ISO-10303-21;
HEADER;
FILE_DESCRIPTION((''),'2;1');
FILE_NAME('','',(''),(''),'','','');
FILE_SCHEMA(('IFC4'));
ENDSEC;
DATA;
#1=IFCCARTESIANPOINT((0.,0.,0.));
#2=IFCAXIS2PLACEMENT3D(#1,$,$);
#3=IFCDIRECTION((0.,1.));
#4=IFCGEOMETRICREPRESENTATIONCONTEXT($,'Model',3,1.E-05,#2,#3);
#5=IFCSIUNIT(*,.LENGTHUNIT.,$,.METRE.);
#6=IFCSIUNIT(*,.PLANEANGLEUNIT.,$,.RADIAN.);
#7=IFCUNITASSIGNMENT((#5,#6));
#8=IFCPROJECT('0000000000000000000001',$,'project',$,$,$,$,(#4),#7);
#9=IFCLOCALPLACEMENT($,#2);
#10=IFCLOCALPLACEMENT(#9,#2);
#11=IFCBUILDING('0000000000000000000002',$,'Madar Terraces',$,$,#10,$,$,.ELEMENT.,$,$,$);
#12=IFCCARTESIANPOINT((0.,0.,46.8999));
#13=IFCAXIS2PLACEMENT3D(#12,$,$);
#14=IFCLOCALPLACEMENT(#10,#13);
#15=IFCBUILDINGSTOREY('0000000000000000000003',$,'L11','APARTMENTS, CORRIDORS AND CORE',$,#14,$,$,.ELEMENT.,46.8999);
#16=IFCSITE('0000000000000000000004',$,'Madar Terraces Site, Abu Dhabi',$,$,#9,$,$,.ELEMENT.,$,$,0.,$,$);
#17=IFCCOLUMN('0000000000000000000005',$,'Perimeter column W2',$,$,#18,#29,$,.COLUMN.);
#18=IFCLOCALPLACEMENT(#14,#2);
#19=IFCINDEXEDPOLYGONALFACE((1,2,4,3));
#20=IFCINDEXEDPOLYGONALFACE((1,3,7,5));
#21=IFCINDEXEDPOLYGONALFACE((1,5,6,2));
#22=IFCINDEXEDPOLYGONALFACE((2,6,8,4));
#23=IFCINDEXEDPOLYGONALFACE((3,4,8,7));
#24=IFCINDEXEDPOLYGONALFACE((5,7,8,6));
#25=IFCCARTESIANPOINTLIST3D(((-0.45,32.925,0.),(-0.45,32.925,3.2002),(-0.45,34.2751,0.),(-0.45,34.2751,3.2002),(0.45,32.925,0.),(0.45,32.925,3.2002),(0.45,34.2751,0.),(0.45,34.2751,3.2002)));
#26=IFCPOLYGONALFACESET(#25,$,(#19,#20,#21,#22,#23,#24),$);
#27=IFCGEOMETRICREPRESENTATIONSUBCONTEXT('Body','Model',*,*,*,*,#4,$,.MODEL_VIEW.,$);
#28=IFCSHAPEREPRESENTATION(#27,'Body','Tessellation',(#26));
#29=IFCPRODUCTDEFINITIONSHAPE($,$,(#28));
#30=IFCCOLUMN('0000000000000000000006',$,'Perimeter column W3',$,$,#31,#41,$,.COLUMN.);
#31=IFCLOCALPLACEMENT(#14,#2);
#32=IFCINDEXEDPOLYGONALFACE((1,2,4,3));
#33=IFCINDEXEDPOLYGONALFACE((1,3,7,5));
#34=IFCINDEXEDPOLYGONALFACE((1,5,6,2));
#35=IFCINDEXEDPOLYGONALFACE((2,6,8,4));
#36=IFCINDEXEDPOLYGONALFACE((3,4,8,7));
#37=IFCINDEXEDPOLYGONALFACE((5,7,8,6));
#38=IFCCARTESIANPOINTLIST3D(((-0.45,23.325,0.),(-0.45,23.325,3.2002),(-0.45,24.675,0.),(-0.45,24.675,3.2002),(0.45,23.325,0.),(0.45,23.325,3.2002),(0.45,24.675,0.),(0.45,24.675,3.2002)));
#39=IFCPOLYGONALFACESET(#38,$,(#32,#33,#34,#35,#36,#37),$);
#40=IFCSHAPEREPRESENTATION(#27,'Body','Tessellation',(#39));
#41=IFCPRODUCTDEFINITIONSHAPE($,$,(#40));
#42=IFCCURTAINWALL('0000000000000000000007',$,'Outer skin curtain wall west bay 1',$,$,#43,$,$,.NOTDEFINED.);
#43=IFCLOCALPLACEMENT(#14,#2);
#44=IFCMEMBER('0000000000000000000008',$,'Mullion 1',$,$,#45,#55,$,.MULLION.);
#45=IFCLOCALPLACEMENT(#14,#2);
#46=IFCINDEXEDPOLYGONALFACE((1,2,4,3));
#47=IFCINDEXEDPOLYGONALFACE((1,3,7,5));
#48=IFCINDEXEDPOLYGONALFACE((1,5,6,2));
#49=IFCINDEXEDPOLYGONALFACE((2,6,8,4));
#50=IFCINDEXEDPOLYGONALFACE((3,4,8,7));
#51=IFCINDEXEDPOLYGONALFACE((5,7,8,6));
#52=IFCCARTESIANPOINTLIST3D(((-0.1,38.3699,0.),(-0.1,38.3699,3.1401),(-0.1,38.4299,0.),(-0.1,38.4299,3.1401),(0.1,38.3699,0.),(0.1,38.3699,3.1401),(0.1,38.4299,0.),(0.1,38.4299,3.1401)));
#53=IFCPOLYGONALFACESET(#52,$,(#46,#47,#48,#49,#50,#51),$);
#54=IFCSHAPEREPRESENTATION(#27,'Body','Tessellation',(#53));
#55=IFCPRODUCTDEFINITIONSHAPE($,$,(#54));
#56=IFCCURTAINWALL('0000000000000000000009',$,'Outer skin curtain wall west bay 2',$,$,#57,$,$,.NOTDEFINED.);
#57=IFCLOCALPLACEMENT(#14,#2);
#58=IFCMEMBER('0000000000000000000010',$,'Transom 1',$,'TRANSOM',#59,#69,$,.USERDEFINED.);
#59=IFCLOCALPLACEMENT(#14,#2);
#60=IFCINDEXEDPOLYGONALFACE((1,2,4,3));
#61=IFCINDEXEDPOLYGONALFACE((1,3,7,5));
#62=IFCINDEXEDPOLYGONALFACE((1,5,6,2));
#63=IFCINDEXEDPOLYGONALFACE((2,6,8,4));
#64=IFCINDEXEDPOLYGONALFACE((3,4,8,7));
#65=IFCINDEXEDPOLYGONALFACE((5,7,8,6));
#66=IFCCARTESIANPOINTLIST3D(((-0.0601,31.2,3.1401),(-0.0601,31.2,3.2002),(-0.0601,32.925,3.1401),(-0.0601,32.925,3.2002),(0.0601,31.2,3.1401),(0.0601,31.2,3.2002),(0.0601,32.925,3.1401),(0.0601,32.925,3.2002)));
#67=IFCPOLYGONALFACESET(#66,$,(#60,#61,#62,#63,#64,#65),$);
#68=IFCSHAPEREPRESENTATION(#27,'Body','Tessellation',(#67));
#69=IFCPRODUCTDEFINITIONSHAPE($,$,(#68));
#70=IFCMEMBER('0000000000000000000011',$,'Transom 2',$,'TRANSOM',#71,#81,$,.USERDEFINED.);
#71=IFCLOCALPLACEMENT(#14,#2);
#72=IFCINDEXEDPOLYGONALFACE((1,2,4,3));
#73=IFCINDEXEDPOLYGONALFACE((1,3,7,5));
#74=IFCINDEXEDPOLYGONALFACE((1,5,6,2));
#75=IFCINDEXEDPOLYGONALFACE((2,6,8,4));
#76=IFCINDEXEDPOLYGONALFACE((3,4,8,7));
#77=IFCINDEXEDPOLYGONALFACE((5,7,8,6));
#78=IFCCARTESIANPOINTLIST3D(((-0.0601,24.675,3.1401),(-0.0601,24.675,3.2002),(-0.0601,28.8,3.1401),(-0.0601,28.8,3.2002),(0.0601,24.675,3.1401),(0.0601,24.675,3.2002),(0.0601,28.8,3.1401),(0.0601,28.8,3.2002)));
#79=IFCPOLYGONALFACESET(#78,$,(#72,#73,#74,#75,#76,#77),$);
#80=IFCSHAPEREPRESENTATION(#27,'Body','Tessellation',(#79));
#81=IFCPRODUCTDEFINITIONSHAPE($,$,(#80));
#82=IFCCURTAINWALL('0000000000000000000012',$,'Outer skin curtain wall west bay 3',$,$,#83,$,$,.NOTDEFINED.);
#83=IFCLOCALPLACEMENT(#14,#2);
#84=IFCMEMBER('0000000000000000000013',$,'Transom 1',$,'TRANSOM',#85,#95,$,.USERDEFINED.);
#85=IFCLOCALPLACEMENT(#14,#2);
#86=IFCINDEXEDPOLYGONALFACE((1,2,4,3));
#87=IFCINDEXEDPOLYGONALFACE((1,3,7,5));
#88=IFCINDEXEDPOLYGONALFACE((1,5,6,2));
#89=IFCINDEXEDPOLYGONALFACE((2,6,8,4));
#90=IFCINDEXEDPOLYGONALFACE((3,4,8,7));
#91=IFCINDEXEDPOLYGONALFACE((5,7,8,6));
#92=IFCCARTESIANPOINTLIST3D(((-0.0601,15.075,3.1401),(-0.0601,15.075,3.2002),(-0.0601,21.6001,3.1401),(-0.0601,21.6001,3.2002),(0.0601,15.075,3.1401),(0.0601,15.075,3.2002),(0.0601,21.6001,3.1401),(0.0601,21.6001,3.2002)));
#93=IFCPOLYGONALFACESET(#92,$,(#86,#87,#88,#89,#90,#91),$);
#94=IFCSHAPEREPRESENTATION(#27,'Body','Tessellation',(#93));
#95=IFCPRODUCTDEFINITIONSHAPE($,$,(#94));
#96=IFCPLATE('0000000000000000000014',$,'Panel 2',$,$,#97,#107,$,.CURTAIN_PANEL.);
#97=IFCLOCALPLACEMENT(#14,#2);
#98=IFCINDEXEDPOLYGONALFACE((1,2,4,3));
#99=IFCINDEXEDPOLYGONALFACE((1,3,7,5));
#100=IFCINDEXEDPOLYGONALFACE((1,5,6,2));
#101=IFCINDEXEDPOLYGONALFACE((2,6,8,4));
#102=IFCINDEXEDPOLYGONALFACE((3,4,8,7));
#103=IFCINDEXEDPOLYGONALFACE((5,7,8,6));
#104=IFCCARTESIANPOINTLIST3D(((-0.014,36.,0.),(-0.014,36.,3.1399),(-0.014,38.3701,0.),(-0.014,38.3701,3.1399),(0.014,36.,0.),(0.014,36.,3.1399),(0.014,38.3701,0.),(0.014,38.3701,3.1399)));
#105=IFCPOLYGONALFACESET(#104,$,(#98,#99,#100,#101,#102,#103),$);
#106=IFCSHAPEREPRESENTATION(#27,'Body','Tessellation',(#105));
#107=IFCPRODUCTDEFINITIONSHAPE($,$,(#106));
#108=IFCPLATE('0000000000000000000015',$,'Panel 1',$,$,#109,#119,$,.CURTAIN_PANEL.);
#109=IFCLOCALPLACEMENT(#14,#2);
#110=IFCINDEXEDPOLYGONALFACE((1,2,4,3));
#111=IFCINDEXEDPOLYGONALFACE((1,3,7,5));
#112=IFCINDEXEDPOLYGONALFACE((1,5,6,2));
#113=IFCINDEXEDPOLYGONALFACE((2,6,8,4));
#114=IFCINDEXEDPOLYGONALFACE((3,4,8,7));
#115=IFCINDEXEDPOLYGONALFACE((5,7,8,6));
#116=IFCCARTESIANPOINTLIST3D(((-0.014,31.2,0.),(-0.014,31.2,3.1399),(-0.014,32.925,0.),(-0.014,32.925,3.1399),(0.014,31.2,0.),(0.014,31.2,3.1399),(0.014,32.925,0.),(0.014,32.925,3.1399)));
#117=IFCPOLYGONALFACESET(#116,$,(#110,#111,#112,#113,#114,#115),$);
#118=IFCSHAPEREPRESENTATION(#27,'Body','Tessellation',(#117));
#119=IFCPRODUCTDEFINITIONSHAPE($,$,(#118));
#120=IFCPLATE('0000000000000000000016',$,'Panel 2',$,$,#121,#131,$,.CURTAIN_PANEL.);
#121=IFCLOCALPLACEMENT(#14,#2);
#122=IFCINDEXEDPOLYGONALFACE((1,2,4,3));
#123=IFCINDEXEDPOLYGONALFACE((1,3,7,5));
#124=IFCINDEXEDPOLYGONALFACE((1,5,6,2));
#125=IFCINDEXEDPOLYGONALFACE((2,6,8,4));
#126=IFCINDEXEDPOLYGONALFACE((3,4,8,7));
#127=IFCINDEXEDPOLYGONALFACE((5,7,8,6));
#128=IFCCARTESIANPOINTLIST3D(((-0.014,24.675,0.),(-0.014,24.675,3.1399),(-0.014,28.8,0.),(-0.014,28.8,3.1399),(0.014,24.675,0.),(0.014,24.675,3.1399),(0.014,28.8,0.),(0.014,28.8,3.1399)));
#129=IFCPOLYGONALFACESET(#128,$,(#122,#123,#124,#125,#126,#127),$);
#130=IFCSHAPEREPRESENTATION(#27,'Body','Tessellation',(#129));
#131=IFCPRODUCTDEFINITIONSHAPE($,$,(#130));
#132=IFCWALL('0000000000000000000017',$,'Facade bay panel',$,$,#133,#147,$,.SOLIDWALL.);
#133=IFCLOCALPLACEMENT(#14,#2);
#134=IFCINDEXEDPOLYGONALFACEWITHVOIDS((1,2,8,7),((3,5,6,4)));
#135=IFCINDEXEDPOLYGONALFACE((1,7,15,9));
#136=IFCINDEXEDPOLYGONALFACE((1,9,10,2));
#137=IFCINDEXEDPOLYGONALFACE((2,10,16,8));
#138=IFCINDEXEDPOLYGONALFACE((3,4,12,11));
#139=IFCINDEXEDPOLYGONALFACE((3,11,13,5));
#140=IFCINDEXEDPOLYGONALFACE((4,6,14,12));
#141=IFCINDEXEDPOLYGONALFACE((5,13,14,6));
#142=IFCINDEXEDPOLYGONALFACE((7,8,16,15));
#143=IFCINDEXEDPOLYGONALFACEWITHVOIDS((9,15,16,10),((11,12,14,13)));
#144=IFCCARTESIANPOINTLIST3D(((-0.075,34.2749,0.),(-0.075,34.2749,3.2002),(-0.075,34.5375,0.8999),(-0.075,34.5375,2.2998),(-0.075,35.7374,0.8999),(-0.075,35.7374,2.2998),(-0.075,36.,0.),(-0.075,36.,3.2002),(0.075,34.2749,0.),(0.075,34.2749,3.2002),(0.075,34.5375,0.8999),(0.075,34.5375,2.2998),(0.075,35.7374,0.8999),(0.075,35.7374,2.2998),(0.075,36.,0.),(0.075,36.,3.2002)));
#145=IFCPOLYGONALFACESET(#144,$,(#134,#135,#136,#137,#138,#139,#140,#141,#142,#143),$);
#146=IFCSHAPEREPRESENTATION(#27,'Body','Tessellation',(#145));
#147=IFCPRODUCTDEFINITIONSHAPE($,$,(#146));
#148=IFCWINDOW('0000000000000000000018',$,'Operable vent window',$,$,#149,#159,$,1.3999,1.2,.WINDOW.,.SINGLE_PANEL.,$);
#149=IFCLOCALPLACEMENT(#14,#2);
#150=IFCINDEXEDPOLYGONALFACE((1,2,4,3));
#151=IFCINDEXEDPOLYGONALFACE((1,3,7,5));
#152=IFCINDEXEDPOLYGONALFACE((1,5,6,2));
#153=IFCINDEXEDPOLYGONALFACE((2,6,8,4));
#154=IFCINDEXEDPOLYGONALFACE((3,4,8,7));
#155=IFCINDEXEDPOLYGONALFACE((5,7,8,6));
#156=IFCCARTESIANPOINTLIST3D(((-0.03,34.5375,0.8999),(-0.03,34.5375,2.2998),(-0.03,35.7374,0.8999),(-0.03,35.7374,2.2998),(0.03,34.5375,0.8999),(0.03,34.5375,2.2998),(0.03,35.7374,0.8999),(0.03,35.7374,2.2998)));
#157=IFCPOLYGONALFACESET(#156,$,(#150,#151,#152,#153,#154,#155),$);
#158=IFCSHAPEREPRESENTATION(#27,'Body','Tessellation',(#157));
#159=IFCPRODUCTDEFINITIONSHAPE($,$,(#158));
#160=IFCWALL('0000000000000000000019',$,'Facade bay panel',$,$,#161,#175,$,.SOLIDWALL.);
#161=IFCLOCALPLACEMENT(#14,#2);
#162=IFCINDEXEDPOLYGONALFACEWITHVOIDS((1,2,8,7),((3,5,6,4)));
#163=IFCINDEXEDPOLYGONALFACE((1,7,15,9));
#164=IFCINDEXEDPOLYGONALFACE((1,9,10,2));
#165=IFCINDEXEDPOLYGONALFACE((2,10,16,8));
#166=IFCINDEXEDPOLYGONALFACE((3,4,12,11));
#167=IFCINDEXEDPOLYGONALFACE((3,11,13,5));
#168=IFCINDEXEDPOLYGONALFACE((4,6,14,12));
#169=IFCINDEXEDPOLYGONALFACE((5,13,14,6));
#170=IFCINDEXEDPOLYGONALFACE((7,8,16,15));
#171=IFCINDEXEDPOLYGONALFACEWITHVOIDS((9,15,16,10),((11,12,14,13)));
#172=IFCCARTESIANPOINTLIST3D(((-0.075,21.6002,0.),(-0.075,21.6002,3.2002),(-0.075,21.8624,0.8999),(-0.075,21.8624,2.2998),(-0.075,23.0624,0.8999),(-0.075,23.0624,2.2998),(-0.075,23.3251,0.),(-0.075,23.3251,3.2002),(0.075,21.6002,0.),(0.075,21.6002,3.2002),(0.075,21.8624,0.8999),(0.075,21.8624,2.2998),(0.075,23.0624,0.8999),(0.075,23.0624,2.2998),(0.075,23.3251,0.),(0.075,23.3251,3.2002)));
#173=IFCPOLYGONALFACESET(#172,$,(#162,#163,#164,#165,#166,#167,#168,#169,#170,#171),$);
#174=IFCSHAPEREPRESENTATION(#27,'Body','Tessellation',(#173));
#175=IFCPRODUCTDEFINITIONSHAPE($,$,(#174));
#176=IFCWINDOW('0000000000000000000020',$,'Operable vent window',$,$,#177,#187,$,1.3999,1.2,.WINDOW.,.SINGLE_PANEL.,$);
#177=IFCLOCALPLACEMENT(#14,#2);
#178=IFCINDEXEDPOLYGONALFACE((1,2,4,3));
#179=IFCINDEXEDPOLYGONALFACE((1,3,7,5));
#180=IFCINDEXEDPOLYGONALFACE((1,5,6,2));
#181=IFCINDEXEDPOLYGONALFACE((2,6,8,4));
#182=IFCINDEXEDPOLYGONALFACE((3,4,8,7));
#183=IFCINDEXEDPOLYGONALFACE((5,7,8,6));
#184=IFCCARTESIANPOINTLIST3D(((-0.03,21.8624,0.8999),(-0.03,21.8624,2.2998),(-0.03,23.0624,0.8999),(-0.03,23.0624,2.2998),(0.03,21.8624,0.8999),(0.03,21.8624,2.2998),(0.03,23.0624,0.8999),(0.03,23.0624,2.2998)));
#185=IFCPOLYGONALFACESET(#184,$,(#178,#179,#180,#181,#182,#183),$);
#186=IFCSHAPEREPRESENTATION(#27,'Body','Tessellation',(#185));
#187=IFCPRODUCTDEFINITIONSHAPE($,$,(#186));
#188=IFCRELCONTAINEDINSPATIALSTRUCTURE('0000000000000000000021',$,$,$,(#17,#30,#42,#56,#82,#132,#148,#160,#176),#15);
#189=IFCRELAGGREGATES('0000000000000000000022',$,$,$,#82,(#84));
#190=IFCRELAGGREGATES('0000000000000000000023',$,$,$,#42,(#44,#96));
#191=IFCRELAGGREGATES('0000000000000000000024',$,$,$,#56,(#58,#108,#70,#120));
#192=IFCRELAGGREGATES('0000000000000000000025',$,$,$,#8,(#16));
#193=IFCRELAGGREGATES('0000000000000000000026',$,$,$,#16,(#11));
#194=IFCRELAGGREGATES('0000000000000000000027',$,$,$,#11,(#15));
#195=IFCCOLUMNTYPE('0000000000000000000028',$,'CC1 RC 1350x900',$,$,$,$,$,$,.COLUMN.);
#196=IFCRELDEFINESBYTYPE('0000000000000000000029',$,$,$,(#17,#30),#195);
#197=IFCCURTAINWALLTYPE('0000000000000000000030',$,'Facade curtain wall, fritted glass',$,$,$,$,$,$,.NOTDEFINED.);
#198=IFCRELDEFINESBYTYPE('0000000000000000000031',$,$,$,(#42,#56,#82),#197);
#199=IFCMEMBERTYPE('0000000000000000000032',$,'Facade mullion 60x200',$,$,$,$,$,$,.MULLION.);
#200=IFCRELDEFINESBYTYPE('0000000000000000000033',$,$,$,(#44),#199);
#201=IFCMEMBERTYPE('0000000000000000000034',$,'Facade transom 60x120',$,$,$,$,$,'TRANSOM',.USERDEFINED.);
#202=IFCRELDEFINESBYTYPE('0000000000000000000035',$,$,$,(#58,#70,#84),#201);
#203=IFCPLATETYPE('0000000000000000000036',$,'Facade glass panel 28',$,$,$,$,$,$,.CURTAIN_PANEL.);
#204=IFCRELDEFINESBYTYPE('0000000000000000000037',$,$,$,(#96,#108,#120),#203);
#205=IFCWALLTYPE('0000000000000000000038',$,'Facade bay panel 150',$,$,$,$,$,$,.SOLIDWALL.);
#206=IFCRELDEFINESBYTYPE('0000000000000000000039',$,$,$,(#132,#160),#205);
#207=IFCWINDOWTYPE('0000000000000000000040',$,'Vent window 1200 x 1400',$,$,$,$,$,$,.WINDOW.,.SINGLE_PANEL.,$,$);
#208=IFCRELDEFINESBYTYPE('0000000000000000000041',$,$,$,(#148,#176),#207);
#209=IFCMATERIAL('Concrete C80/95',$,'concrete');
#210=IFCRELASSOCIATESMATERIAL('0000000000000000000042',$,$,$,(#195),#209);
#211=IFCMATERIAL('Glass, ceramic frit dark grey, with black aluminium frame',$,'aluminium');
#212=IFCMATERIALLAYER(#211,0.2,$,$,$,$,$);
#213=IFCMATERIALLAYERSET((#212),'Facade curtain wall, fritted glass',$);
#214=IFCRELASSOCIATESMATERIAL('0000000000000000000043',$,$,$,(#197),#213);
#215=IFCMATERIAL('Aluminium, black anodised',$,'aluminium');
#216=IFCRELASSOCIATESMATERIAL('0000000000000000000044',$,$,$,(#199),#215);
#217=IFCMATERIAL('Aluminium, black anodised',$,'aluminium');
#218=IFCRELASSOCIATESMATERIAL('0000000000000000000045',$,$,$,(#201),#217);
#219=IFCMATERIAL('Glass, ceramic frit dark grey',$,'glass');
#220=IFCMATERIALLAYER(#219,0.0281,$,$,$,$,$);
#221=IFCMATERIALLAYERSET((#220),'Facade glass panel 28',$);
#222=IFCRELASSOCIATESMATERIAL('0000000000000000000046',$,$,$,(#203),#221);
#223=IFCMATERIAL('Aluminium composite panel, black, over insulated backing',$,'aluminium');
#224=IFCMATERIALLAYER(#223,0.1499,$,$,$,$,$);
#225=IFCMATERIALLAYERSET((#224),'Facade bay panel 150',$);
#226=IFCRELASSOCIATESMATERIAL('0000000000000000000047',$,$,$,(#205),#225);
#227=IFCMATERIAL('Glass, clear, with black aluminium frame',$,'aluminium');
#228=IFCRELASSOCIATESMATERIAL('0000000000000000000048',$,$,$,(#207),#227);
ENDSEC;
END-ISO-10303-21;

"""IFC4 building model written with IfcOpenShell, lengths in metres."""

from ifc_helpers import new_model, si_unit, direction, frame, frame_2d, origin, origin_2d, place, context, subcontext, project, spatial, rectangle, extrude, material, layer, layer_set, material_profile, profile_set, type_object, element, fill, aggregate, save


model = new_model("IFC4")

# Units and contexts
model_context = context("Model", 3, precision=1e-05, world=origin(), true_north=direction((0.0, 1.0)))
body_context = subcontext(model_context, "Body", "Model", "MODEL_VIEW")
ifc_project = project(units=[si_unit("LENGTHUNIT", "METRE"), si_unit("PLANEANGLEUNIT", "RADIAN")], contexts=[model_context])

# Site, building, storey
site_placement = place(None, origin())
site = spatial("IfcSite", under=ifc_project, at=site_placement, Name="Madar Terraces Site, Abu Dhabi", CompositionType="ELEMENT", RefElevation=0.0)
building_placement = place(site_placement, origin())
building = spatial("IfcBuilding", under=site, at=building_placement, Name="Madar Terraces", CompositionType="ELEMENT")
storey_placement = place(building_placement, frame((0.0, 0.0, 46.8999)))
storey = spatial("IfcBuildingStorey", under=building, at=storey_placement, Name="L11", Description="APARTMENTS, CORRIDORS AND CORE", CompositionType="ELEMENT", Elevation=46.8999)

# Columns
ifc_material_1 = material(Name="Concrete C80/95", Category="concrete")
ifc_material_profile_1 = material_profile(ifc_material_1, rectangle(XDim=1.3501, YDim=0.8999, at=origin_2d()), Name="CC1 RC 1350x900")
ifc_profile_set_1 = profile_set([ifc_material_profile_1], Name="Concrete C80/95")
column_type = type_object("IfcColumnType", Name="CC1 RC 1350x900", PredefinedType="COLUMN", material=ifc_profile_set_1)
for number, where, z_axis, x_axis, name in (
    (1, (0.0, 33.6001, 0.0), (0.0, 0.0, 1.0), (0.0, 1.0, 0.0), "Perimeter column W2"),
    (2, (0.0, 24.0, 0.0), (0.0, 0.0, 1.0), (0.0, 1.0, 0.0), "Perimeter column W3"),
):
    element("IfcColumn", number, at=place(storey_placement, frame(where, z_axis=z_axis, x_axis=x_axis)), inside=storey, type_object=column_type, Name=name, PredefinedType="COLUMN", context=body_context, shape_type="SweptSolid", body=[
        extrude(rectangle(XDim=1.3501, YDim=0.8999, at=origin_2d()), origin(), (0.0, 0.0, 1.0), 3.2002),
    ])

# Curtain wall, member
ifc_material_2 = material(Name="Glass, ceramic frit dark grey, with black aluminium frame", Category="aluminium")
ifc_layer_1 = layer(ifc_material_2, 0.2)
ifc_layer_set_1 = layer_set([ifc_layer_1], Name="Facade curtain wall, fritted glass")
curtain_wall_type = type_object("IfcCurtainWallType", Name="Facade curtain wall, fritted glass", PredefinedType="NOTDEFINED", material=ifc_layer_set_1)
curtain_wall_1_placement = place(storey_placement, origin())
curtain_wall_1 = element("IfcCurtainWall", 3, at=curtain_wall_1_placement, inside=storey, type_object=curtain_wall_type, Name="Outer skin curtain wall west bay 1", PredefinedType="NOTDEFINED")
ifc_material_3 = material(Name="Aluminium, black anodised", Category="aluminium")
ifc_material_profile_2 = material_profile(ifc_material_3, rectangle(XDim=0.2, YDim=0.0601, at=origin_2d()), Name="Facade mullion 60x200")
ifc_profile_set_2 = profile_set([ifc_material_profile_2], Name="Aluminium, black anodised")
member_type_1 = type_object("IfcMemberType", Name="Facade mullion 60x200", PredefinedType="MULLION", material=ifc_profile_set_2)
member_1_placement = place(storey_placement, frame((0.0, 38.3999, 0.0), z_axis=(0.0, 0.0, 1.0), x_axis=(1.0, 0.0, 0.0)))
member_1 = element("IfcMember", 4, at=member_1_placement, type_object=member_type_1, Name="Mullion 1", PredefinedType="MULLION", context=body_context, shape_type="SweptSolid", body=[
    extrude(rectangle(XDim=0.2, YDim=0.0601, at=origin_2d()), origin(), (0.0, 0.0, 1.0), 3.1401),
])

# Curtain wall, members
curtain_wall_2_placement = place(storey_placement, origin())
curtain_wall_2 = element("IfcCurtainWall", 5, at=curtain_wall_2_placement, inside=storey, type_object=curtain_wall_type, Name="Outer skin curtain wall west bay 2", PredefinedType="NOTDEFINED")
ifc_material_4 = material(Name="Aluminium, black anodised", Category="aluminium")
ifc_material_profile_3 = material_profile(ifc_material_4, rectangle(XDim=0.1201, YDim=0.0601, at=origin_2d()), Name="Facade transom 60x120")
ifc_profile_set_3 = profile_set([ifc_material_profile_3], Name="Aluminium, black anodised")
member_type_2 = type_object("IfcMemberType", Name="Facade transom 60x120", ElementType="TRANSOM", PredefinedType="USERDEFINED", material=ifc_profile_set_3)
member_2_placement = place(storey_placement, frame((0.0, 32.925, 3.1702), z_axis=(0.0, -1.0, 0.0), x_axis=(1.0, 0.0, 0.0)))
member_2 = element("IfcMember", 6, at=member_2_placement, type_object=member_type_2, Name="Transom 1", ObjectType="TRANSOM", PredefinedType="USERDEFINED", context=body_context, shape_type="SweptSolid", body=[
    extrude(rectangle(XDim=0.1201, YDim=0.0601, at=origin_2d()), origin(), (0.0, 0.0, 1.0), 1.7251),
])
member_3_placement = place(storey_placement, frame((0.0, 28.8, 3.1702), z_axis=(0.0, -1.0, 0.0), x_axis=(1.0, 0.0, 0.0)))
member_3 = element("IfcMember", 7, at=member_3_placement, type_object=member_type_2, Name="Transom 2", ObjectType="TRANSOM", PredefinedType="USERDEFINED", context=body_context, shape_type="SweptSolid", body=[
    extrude(rectangle(XDim=0.1201, YDim=0.0601, at=origin_2d()), origin(), (0.0, 0.0, 1.0), 4.125),
])

# Curtain wall, member
curtain_wall_3_placement = place(storey_placement, origin())
curtain_wall_3 = element("IfcCurtainWall", 8, at=curtain_wall_3_placement, inside=storey, type_object=curtain_wall_type, Name="Outer skin curtain wall west bay 3", PredefinedType="NOTDEFINED")
member_4_placement = place(storey_placement, frame((0.0, 21.6001, 3.1702), z_axis=(0.0, -1.0, 0.0), x_axis=(1.0, 0.0, 0.0)))
member_4 = element("IfcMember", 9, at=member_4_placement, type_object=member_type_2, Name="Transom 1", ObjectType="TRANSOM", PredefinedType="USERDEFINED", context=body_context, shape_type="SweptSolid", body=[
    extrude(rectangle(XDim=0.1201, YDim=0.0601, at=origin_2d()), origin(), (0.0, 0.0, 1.0), 6.5251),
])
aggregate(curtain_wall_3, [member_4])

# Plates
ifc_material_5 = material(Name="Glass, ceramic frit dark grey", Category="glass")
ifc_layer_2 = layer(ifc_material_5, 0.0281)
ifc_layer_set_2 = layer_set([ifc_layer_2], Name="Facade glass panel 28")
plate_type = type_object("IfcPlateType", Name="Facade glass panel 28", PredefinedType="CURTAIN_PANEL", material=ifc_layer_set_2)
plate_1_placement = place(storey_placement, frame((0.0, 37.1851, 0.0), z_axis=(0.0, 0.0, 1.0), x_axis=(0.0, -1.0, 0.0)))
plate_1 = element("IfcPlate", 10, at=plate_1_placement, type_object=plate_type, Name="Panel 2", PredefinedType="CURTAIN_PANEL", context=body_context, shape_type="SweptSolid", body=[
    extrude(rectangle(XDim=2.3701, YDim=0.0281, at=origin_2d()), origin(), (0.0, 0.0, 1.0), 3.1399),
])
aggregate(curtain_wall_1, [member_1, plate_1])
plate_2_placement = place(storey_placement, frame((0.0, 32.0625, 0.0), z_axis=(0.0, 0.0, 1.0), x_axis=(0.0, -1.0, 0.0)))
plate_2 = element("IfcPlate", 11, at=plate_2_placement, type_object=plate_type, Name="Panel 1", PredefinedType="CURTAIN_PANEL", context=body_context, shape_type="SweptSolid", body=[
    extrude(rectangle(XDim=1.7251, YDim=0.0281, at=origin_2d()), origin(), (0.0, 0.0, 1.0), 3.1399),
])
plate_3_placement = place(storey_placement, frame((0.0, 26.7375, 0.0), z_axis=(0.0, 0.0, 1.0), x_axis=(0.0, -1.0, 0.0)))
plate_3 = element("IfcPlate", 12, at=plate_3_placement, type_object=plate_type, Name="Panel 2", PredefinedType="CURTAIN_PANEL", context=body_context, shape_type="SweptSolid", body=[
    extrude(rectangle(XDim=4.125, YDim=0.0281, at=origin_2d()), origin(), (0.0, 0.0, 1.0), 3.1399),
])
aggregate(curtain_wall_2, [member_2, plate_2, member_3, plate_3])

# Wall, opening, window
ifc_material_6 = material(Name="Aluminium composite panel, black, over insulated backing", Category="aluminium")
ifc_layer_3 = layer(ifc_material_6, 0.1499)
ifc_layer_set_3 = layer_set([ifc_layer_3], Name="Facade bay panel 150")
wall_type_1 = type_object("IfcWallType", Name="Facade bay panel 150", PredefinedType="SOLIDWALL", material=ifc_layer_set_3)
wall_1_placement = place(storey_placement, frame((0.0, 36.0, 0.0), z_axis=(0.0, 0.0, 1.0), x_axis=(0.0, -1.0, 0.0)))
wall_1 = element("IfcWall", 13, at=wall_1_placement, inside=storey, type_object=wall_type_1, Name="Facade bay panel", PredefinedType="SOLIDWALL", context=body_context, shape_type="SweptSolid", body=[
    extrude(rectangle(XDim=1.7251, YDim=0.1499, at=frame_2d((0.8625, 0.0))), origin(), (0.0, 0.0, 1.0), 3.2002),
])
opening_1_placement = place(wall_1_placement, frame((0.2625, 0.0, 0.8999)))
opening_1 = element("IfcOpeningElement", 14, at=opening_1_placement, cuts=wall_1, PredefinedType="OPENING", context=body_context, shape_type="SweptSolid", body=[
    extrude(rectangle(XDim=1.2, YDim=1.3999, at=frame_2d((0.6001, 0.7))), frame((0.0, 0.085, 0.0), z_axis=(0.0, -1.0, 0.0), x_axis=(1.0, 0.0, 0.0)), (0.0, 0.0, 1.0), 0.1699),
])
ifc_material_7 = material(Name="Glass, clear, with black aluminium frame", Category="aluminium")
window_type = type_object("IfcWindowType", Name="Vent window 1200 x 1400", PartitioningType="SINGLE_PANEL", PredefinedType="WINDOW", material=ifc_material_7)
window_1_placement = place(opening_1_placement, origin())
window_1 = element("IfcWindow", 15, at=window_1_placement, inside=storey, type_object=window_type, Name="Operable vent window", OverallHeight=1.3999, OverallWidth=1.2, PartitioningType="SINGLE_PANEL", PredefinedType="WINDOW", context=body_context, shape_type="SweptSolid", body=[
    extrude(rectangle(XDim=1.2, YDim=1.3999, at=frame_2d((0.6001, 0.7))), frame((0.0, 0.03, 0.0), z_axis=(0.0, -1.0, 0.0), x_axis=(1.0, 0.0, 0.0)), (0.0, 0.0, 1.0), 0.0601),
])
fill(opening_1, window_1)

# Wall, opening, window
wall_2_placement = place(storey_placement, frame((0.0, 23.325, 0.0), z_axis=(0.0, 0.0, 1.0), x_axis=(0.0, -1.0, 0.0)))
wall_2 = element("IfcWall", 16, at=wall_2_placement, inside=storey, type_object=wall_type_1, Name="Facade bay panel", PredefinedType="SOLIDWALL", context=body_context, shape_type="SweptSolid", body=[
    extrude(rectangle(XDim=1.7249, YDim=0.1499, at=frame_2d((0.8623, 0.0))), origin(), (0.0, 0.0, 1.0), 3.2002),
])
opening_2_placement = place(wall_2_placement, frame((0.2625, 0.0, 0.8999)))
opening_2 = element("IfcOpeningElement", 17, at=opening_2_placement, cuts=wall_2, PredefinedType="OPENING", context=body_context, shape_type="SweptSolid", body=[
    extrude(rectangle(XDim=1.2, YDim=1.3999, at=frame_2d((0.6001, 0.7))), frame((0.0, 0.085, 0.0), z_axis=(0.0, -1.0, 0.0), x_axis=(1.0, 0.0, 0.0)), (0.0, 0.0, 1.0), 0.1699),
])
window_2_placement = place(opening_2_placement, origin())
window_2 = element("IfcWindow", 18, at=window_2_placement, inside=storey, type_object=window_type, Name="Operable vent window", OverallHeight=1.3999, OverallWidth=1.2, PartitioningType="SINGLE_PANEL", PredefinedType="WINDOW", context=body_context, shape_type="SweptSolid", body=[
    extrude(rectangle(XDim=1.2, YDim=1.3999, at=frame_2d((0.6001, 0.7))), frame((0.0, 0.03, 0.0), z_axis=(0.0, -1.0, 0.0), x_axis=(1.0, 0.0, 0.0)), (0.0, 0.0, 1.0), 0.0601),
])
fill(opening_2, window_2)

save(model, "model.ifc")
